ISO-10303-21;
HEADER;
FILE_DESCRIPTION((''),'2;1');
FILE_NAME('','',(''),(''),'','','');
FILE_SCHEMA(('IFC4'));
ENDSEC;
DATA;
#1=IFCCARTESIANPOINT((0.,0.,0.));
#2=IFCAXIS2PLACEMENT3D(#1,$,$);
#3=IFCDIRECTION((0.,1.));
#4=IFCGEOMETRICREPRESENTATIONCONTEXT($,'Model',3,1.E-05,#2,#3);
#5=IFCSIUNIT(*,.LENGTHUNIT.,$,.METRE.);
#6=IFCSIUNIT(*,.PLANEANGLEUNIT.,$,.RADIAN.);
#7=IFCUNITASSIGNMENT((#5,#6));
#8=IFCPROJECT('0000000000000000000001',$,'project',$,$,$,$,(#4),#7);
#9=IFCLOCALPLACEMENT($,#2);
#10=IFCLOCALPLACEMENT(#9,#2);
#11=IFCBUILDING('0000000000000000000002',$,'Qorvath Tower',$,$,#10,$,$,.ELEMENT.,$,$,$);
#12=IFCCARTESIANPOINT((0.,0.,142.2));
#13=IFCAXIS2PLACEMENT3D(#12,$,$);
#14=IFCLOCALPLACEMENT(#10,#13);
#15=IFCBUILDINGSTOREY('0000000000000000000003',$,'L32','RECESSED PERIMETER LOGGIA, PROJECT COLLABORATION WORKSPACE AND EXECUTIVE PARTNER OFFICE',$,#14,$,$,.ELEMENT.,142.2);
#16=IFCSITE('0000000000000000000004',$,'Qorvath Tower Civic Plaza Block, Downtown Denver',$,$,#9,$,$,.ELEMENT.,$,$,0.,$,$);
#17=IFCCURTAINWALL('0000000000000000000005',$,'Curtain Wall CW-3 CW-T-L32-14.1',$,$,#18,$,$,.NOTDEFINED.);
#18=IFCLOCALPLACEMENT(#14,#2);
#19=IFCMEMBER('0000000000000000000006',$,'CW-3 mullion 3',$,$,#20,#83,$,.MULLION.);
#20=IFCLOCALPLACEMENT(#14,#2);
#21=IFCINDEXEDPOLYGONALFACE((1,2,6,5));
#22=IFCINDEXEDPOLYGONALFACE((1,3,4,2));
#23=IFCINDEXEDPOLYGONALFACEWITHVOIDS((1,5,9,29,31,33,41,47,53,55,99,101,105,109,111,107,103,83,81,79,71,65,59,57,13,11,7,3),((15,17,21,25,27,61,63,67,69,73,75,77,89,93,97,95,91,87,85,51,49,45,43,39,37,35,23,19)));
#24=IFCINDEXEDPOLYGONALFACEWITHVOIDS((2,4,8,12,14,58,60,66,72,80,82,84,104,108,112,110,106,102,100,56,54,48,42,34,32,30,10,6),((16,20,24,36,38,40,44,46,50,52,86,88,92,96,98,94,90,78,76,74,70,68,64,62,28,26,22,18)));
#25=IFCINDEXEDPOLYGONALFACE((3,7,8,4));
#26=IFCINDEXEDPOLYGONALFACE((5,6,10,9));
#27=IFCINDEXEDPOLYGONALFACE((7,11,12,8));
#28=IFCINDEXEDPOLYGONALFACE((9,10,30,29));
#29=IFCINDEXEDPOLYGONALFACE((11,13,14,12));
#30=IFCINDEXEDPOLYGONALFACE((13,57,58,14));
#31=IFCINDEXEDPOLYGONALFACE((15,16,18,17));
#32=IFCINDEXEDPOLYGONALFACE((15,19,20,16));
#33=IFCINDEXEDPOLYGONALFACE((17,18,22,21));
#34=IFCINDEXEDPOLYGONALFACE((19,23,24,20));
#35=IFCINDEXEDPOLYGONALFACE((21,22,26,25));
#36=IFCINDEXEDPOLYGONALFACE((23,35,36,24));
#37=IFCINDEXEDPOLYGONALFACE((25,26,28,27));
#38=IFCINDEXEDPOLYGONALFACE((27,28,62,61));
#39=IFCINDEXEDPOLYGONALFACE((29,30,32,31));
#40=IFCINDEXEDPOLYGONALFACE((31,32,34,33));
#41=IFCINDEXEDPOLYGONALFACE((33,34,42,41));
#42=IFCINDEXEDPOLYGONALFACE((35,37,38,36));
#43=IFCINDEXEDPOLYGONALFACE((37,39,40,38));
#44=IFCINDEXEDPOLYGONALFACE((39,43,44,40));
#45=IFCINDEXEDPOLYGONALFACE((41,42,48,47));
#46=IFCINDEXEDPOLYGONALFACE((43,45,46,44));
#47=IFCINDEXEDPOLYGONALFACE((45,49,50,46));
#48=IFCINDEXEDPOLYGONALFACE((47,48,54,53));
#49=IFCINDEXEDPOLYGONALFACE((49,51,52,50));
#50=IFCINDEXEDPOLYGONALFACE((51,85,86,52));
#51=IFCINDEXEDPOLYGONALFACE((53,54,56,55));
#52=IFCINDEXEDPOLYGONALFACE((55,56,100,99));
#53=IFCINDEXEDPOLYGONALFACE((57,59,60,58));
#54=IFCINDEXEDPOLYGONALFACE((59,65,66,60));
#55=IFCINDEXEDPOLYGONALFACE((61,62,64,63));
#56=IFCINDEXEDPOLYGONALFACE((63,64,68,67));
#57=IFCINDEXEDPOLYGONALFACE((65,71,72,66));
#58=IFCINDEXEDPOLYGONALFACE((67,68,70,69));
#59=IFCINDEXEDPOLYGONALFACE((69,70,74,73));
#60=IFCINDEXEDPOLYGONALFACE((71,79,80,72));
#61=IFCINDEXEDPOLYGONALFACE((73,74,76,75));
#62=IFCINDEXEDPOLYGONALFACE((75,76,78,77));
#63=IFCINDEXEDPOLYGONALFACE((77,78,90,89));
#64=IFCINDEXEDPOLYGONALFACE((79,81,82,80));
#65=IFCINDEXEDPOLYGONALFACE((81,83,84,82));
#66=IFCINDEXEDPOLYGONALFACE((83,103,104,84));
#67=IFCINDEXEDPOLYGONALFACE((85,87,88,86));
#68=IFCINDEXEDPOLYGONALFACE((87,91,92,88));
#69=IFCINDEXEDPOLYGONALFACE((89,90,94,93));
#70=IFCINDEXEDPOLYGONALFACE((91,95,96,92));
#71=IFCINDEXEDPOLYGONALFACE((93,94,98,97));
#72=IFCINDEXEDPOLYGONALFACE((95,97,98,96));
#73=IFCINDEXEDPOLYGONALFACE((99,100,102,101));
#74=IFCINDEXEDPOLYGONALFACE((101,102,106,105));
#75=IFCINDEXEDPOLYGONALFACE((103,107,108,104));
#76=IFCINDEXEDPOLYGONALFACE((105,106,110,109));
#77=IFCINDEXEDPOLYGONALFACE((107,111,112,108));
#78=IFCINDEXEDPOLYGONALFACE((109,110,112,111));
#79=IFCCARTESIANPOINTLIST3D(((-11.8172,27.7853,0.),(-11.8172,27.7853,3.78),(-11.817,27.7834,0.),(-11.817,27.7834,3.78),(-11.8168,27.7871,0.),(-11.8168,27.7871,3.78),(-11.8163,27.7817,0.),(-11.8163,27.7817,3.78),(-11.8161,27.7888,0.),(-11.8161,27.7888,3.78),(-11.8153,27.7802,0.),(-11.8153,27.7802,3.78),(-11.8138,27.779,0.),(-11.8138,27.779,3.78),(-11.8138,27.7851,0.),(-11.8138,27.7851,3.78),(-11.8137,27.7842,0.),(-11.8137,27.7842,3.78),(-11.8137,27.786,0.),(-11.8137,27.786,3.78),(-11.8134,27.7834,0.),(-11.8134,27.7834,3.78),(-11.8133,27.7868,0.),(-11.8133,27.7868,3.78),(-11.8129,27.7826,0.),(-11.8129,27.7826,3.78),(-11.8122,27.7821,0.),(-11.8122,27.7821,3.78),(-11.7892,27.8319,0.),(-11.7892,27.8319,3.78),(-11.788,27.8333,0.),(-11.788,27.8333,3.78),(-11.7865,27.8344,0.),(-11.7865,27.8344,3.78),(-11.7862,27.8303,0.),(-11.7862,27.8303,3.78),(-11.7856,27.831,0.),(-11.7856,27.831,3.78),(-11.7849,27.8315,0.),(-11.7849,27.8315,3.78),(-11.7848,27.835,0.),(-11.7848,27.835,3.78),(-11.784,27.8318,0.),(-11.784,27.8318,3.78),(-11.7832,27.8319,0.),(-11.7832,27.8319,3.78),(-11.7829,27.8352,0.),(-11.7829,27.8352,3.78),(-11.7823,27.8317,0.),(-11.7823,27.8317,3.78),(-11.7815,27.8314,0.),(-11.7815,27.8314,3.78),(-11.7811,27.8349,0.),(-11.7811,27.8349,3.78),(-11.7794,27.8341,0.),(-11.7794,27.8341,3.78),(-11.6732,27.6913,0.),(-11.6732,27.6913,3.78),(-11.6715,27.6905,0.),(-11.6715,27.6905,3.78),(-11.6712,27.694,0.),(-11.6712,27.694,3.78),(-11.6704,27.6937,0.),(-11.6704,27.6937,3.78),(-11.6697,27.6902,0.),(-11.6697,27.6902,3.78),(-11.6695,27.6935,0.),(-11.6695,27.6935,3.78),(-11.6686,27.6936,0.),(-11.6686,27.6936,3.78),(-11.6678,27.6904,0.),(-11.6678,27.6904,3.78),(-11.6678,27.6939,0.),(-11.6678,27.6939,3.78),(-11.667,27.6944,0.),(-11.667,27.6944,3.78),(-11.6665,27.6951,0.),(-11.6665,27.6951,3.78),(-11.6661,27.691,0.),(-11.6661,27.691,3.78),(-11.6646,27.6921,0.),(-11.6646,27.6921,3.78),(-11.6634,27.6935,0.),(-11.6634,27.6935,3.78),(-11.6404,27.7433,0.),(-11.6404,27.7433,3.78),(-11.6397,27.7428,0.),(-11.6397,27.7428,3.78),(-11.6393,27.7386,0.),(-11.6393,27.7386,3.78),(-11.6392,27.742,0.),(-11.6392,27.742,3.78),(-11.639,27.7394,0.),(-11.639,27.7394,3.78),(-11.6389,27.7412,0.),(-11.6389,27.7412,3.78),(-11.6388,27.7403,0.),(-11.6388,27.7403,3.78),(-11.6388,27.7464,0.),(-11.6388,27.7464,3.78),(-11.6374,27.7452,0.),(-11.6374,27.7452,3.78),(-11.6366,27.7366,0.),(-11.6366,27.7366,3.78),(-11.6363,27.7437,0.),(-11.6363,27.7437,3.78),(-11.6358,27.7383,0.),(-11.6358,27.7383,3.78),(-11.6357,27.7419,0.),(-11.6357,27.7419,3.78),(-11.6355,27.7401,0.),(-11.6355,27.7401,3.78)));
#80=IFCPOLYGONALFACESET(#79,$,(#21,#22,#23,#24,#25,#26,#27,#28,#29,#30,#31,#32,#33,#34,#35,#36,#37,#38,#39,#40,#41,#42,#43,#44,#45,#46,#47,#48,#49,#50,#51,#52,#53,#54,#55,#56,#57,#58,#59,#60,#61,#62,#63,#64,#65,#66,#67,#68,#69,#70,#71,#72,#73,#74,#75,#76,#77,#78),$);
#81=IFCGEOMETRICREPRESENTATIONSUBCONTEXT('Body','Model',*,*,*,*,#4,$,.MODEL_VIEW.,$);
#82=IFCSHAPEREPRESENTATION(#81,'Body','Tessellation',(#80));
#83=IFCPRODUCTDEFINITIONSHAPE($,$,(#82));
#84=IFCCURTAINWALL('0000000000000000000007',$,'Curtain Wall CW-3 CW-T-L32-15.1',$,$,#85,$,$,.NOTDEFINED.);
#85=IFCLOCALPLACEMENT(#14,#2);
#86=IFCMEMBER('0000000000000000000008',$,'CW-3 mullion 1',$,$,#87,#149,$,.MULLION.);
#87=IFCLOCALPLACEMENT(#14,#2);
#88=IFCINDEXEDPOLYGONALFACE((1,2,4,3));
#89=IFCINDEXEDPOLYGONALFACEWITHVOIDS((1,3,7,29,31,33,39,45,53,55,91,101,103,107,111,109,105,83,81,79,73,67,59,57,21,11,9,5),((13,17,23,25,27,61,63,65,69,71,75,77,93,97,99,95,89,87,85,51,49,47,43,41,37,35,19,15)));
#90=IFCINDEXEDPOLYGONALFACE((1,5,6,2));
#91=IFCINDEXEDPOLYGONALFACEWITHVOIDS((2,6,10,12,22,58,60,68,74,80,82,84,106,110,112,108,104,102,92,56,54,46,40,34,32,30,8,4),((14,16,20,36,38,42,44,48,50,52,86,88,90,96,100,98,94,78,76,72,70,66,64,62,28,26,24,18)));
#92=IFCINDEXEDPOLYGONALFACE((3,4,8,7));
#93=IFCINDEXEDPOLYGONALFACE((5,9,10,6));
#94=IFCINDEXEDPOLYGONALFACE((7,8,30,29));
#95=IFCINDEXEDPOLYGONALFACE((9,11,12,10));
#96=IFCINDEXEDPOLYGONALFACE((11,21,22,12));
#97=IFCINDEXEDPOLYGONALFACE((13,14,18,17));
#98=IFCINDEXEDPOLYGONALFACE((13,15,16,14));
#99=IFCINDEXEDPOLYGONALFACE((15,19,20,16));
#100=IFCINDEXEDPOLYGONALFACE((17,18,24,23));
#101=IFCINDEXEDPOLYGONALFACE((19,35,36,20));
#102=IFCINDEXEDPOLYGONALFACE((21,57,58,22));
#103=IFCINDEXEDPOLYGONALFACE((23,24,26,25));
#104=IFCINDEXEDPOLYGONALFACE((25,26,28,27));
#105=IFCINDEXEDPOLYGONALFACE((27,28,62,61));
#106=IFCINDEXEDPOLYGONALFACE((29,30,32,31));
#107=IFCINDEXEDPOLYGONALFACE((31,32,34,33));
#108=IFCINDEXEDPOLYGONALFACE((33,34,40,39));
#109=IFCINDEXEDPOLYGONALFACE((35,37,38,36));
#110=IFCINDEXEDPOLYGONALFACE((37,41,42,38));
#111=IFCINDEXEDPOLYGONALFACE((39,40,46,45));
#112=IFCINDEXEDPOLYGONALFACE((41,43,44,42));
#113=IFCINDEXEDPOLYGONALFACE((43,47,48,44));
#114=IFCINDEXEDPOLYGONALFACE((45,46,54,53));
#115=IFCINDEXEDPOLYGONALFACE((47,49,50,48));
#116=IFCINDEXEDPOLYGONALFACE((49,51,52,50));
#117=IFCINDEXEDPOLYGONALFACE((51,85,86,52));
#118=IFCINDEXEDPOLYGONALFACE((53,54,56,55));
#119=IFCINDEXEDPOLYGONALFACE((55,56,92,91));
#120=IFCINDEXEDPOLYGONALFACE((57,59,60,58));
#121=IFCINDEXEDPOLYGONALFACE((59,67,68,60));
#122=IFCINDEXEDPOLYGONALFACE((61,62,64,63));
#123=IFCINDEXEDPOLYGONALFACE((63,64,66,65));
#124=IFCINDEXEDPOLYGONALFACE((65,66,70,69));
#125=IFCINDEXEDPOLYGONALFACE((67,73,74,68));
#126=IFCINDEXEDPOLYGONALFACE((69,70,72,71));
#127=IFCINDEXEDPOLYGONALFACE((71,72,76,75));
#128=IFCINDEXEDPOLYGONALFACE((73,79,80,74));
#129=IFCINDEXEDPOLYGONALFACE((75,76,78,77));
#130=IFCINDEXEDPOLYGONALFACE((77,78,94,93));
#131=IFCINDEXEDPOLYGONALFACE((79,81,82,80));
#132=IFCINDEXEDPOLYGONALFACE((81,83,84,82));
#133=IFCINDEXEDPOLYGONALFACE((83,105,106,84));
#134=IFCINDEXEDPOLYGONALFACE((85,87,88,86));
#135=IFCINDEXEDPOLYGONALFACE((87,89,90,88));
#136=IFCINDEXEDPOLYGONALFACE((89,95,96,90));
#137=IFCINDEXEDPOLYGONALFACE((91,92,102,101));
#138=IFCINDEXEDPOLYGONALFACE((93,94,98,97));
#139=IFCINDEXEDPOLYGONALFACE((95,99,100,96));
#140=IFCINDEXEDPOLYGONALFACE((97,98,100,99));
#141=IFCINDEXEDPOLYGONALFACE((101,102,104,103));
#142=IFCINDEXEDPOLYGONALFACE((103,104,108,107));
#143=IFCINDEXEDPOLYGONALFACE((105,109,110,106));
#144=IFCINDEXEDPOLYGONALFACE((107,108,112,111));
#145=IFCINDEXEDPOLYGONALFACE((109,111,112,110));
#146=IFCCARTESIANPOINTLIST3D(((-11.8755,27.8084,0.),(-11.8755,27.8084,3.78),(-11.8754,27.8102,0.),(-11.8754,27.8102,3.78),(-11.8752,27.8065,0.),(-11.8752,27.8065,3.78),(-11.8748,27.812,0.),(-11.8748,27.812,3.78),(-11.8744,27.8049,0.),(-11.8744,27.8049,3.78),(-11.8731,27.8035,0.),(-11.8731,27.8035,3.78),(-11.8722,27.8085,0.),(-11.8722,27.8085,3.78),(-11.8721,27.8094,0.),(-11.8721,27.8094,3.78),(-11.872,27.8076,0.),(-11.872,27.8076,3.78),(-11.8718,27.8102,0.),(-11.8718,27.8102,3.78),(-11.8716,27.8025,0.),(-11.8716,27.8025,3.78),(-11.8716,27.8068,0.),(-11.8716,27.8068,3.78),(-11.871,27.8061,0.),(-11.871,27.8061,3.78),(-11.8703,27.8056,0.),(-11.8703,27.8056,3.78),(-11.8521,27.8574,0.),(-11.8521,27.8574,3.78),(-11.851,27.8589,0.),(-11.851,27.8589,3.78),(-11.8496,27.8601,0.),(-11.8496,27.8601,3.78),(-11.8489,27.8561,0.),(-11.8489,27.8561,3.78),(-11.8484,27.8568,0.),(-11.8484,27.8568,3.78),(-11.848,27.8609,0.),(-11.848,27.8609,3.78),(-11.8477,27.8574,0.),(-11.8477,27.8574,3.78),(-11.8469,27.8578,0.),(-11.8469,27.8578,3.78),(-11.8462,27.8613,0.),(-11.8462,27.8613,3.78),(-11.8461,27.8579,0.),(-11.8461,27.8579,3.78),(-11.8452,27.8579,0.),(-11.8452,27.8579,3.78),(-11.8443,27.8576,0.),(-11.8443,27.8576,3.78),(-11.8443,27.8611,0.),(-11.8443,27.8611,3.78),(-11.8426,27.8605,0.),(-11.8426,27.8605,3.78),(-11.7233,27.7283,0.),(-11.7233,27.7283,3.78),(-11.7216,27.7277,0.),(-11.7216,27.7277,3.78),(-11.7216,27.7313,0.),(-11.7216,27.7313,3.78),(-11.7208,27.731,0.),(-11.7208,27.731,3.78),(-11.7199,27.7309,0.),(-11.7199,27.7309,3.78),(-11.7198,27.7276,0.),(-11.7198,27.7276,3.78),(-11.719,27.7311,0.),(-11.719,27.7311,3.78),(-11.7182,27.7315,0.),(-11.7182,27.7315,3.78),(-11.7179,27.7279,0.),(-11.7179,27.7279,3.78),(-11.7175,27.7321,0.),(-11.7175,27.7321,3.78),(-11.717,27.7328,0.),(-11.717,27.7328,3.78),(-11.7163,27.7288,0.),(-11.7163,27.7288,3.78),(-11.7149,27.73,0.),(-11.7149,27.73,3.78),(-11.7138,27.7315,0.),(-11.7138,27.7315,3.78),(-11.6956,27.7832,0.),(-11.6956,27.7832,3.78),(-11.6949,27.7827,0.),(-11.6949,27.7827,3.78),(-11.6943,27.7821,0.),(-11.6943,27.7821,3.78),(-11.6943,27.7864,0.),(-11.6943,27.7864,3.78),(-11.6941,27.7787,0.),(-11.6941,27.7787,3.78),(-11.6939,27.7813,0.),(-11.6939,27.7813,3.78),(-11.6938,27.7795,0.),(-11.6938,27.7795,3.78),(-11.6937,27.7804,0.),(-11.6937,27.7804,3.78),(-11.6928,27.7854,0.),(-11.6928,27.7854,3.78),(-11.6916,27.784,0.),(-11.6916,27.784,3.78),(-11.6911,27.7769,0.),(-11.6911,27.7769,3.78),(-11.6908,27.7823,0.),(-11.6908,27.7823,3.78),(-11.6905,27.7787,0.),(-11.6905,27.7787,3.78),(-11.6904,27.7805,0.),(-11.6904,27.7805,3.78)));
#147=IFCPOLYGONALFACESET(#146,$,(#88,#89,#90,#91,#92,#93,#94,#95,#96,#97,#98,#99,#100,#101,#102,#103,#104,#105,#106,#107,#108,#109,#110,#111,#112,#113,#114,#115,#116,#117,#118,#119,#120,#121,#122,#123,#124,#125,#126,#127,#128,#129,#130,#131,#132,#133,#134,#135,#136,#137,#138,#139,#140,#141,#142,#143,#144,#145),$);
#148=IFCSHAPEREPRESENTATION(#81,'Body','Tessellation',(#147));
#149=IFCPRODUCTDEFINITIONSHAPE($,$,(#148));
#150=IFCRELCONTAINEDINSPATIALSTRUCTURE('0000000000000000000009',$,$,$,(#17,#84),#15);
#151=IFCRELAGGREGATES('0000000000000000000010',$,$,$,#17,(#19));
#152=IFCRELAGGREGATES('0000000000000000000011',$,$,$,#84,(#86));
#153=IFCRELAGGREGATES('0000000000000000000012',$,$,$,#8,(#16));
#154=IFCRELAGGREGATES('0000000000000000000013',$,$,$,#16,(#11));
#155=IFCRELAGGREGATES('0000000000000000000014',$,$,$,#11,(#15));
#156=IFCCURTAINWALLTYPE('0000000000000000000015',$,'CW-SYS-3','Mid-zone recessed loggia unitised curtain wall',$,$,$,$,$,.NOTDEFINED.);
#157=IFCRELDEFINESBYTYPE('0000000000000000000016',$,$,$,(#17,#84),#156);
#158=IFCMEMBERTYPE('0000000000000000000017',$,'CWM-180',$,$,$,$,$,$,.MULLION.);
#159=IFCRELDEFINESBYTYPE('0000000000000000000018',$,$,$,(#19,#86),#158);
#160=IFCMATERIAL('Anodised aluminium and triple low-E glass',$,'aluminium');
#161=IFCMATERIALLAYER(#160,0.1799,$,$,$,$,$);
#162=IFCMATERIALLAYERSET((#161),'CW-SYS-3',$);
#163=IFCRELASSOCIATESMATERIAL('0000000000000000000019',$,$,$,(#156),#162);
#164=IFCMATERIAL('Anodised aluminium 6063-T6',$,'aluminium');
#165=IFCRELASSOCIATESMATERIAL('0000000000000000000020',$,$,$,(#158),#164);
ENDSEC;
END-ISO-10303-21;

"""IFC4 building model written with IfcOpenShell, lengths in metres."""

from ifc_helpers import new_model, si_unit, direction, frame, origin, origin_2d, place, context, subcontext, project, spatial, hollow_rectangle, extrude, material, layer, layer_set, material_profile, profile_set, type_object, element, aggregate, save


model = new_model("IFC4")

# Units and contexts
model_context = context("Model", 3, precision=1e-05, world=origin(), true_north=direction((0.0, 1.0)))
body_context = subcontext(model_context, "Body", "Model", "MODEL_VIEW")
ifc_project = project(units=[si_unit("LENGTHUNIT", "METRE"), si_unit("PLANEANGLEUNIT", "RADIAN")], contexts=[model_context])

# Site, building, storey
site_placement = place(None, origin())
site = spatial("IfcSite", under=ifc_project, at=site_placement, Name="Qorvath Tower Civic Plaza Block, Downtown Denver", CompositionType="ELEMENT", RefElevation=0.0)
building_placement = place(site_placement, origin())
building = spatial("IfcBuilding", under=site, at=building_placement, Name="Qorvath Tower", CompositionType="ELEMENT")
storey_placement = place(building_placement, frame((0.0, 0.0, 142.2)))
storey = spatial("IfcBuildingStorey", under=building, at=storey_placement, Name="L32", Description="RECESSED PERIMETER LOGGIA, PROJECT COLLABORATION WORKSPACE AND EXECUTIVE PARTNER OFFICE", CompositionType="ELEMENT", Elevation=142.2)

# Shared definitions
ifc_material_1 = material(Name="Anodised aluminium and triple low-E glass", Category="aluminium")
ifc_layer_1 = layer(ifc_material_1, 0.1799)
ifc_layer_set_1 = layer_set([ifc_layer_1], Name="CW-SYS-3")
curtain_wall_type = type_object("IfcCurtainWallType", Name="CW-SYS-3", Description="Mid-zone recessed loggia unitised curtain wall", PredefinedType="NOTDEFINED", material=ifc_layer_set_1)
ifc_material_2 = material(Name="Anodised aluminium 6063-T6", Category="aluminium")
ifc_material_profile_1 = material_profile(ifc_material_2, hollow_rectangle(XDim=0.0649, YDim=0.1799, WallThickness=0.0034, InnerFilletRadius=0.0034, OuterFilletRadius=0.0071, at=origin_2d()), Name="CWM 180x65")
ifc_profile_set_1 = profile_set([ifc_material_profile_1], Name="Anodised aluminium 6063-T6")
member_type_1 = type_object("IfcMemberType", Name="CWM-180", PredefinedType="MULLION", material=ifc_profile_set_1)

# Curtain walls, members
curtain_wall_1_placement = place(storey_placement, origin())
curtain_wall_1 = element("IfcCurtainWall", 1, at=curtain_wall_1_placement, inside=storey, type_object=curtain_wall_type, Name="Curtain Wall CW-3 CW-T-L32-14.1", PredefinedType="NOTDEFINED")
member_1_placement = place(storey_placement, frame((-11.7263, 27.7627, 0.0), z_axis=(0.0, 0.0, 1.0), x_axis=(-0.529441, -0.848346, 0.0)))
member_1 = element("IfcMember", 2, at=member_1_placement, type_object=member_type_1, Name="CW-3 mullion 3", PredefinedType="MULLION", context=body_context, shape_type="SweptSolid", body=[
    extrude(hollow_rectangle(XDim=0.0649, YDim=0.1799, WallThickness=0.0034, InnerFilletRadius=0.0034, OuterFilletRadius=0.0071, at=origin_2d()), origin(), (0.0, 0.0, 1.0), 3.78),
])
curtain_wall_2_placement = place(storey_placement, origin())
curtain_wall_2 = element("IfcCurtainWall", 3, at=curtain_wall_2_placement, inside=storey, type_object=curtain_wall_type, Name="Curtain Wall CW-3 CW-T-L32-15.1", PredefinedType="NOTDEFINED")
member_2_placement = place(storey_placement, frame((-11.783, 27.7944, 0.0), z_axis=(0.0, 0.0, 1.0), x_axis=(-0.447172, -0.894448, 0.0)))
member_2 = element("IfcMember", 4, at=member_2_placement, type_object=member_type_1, Name="CW-3 mullion 1", PredefinedType="MULLION", context=body_context, shape_type="SweptSolid", body=[
    extrude(hollow_rectangle(XDim=0.0649, YDim=0.1799, WallThickness=0.0034, InnerFilletRadius=0.0034, OuterFilletRadius=0.0071, at=origin_2d()), origin(), (0.0, 0.0, 1.0), 3.78),
])

aggregate(curtain_wall_1, [member_1])
aggregate(curtain_wall_2, [member_2])

save(model, "model.ifc")
